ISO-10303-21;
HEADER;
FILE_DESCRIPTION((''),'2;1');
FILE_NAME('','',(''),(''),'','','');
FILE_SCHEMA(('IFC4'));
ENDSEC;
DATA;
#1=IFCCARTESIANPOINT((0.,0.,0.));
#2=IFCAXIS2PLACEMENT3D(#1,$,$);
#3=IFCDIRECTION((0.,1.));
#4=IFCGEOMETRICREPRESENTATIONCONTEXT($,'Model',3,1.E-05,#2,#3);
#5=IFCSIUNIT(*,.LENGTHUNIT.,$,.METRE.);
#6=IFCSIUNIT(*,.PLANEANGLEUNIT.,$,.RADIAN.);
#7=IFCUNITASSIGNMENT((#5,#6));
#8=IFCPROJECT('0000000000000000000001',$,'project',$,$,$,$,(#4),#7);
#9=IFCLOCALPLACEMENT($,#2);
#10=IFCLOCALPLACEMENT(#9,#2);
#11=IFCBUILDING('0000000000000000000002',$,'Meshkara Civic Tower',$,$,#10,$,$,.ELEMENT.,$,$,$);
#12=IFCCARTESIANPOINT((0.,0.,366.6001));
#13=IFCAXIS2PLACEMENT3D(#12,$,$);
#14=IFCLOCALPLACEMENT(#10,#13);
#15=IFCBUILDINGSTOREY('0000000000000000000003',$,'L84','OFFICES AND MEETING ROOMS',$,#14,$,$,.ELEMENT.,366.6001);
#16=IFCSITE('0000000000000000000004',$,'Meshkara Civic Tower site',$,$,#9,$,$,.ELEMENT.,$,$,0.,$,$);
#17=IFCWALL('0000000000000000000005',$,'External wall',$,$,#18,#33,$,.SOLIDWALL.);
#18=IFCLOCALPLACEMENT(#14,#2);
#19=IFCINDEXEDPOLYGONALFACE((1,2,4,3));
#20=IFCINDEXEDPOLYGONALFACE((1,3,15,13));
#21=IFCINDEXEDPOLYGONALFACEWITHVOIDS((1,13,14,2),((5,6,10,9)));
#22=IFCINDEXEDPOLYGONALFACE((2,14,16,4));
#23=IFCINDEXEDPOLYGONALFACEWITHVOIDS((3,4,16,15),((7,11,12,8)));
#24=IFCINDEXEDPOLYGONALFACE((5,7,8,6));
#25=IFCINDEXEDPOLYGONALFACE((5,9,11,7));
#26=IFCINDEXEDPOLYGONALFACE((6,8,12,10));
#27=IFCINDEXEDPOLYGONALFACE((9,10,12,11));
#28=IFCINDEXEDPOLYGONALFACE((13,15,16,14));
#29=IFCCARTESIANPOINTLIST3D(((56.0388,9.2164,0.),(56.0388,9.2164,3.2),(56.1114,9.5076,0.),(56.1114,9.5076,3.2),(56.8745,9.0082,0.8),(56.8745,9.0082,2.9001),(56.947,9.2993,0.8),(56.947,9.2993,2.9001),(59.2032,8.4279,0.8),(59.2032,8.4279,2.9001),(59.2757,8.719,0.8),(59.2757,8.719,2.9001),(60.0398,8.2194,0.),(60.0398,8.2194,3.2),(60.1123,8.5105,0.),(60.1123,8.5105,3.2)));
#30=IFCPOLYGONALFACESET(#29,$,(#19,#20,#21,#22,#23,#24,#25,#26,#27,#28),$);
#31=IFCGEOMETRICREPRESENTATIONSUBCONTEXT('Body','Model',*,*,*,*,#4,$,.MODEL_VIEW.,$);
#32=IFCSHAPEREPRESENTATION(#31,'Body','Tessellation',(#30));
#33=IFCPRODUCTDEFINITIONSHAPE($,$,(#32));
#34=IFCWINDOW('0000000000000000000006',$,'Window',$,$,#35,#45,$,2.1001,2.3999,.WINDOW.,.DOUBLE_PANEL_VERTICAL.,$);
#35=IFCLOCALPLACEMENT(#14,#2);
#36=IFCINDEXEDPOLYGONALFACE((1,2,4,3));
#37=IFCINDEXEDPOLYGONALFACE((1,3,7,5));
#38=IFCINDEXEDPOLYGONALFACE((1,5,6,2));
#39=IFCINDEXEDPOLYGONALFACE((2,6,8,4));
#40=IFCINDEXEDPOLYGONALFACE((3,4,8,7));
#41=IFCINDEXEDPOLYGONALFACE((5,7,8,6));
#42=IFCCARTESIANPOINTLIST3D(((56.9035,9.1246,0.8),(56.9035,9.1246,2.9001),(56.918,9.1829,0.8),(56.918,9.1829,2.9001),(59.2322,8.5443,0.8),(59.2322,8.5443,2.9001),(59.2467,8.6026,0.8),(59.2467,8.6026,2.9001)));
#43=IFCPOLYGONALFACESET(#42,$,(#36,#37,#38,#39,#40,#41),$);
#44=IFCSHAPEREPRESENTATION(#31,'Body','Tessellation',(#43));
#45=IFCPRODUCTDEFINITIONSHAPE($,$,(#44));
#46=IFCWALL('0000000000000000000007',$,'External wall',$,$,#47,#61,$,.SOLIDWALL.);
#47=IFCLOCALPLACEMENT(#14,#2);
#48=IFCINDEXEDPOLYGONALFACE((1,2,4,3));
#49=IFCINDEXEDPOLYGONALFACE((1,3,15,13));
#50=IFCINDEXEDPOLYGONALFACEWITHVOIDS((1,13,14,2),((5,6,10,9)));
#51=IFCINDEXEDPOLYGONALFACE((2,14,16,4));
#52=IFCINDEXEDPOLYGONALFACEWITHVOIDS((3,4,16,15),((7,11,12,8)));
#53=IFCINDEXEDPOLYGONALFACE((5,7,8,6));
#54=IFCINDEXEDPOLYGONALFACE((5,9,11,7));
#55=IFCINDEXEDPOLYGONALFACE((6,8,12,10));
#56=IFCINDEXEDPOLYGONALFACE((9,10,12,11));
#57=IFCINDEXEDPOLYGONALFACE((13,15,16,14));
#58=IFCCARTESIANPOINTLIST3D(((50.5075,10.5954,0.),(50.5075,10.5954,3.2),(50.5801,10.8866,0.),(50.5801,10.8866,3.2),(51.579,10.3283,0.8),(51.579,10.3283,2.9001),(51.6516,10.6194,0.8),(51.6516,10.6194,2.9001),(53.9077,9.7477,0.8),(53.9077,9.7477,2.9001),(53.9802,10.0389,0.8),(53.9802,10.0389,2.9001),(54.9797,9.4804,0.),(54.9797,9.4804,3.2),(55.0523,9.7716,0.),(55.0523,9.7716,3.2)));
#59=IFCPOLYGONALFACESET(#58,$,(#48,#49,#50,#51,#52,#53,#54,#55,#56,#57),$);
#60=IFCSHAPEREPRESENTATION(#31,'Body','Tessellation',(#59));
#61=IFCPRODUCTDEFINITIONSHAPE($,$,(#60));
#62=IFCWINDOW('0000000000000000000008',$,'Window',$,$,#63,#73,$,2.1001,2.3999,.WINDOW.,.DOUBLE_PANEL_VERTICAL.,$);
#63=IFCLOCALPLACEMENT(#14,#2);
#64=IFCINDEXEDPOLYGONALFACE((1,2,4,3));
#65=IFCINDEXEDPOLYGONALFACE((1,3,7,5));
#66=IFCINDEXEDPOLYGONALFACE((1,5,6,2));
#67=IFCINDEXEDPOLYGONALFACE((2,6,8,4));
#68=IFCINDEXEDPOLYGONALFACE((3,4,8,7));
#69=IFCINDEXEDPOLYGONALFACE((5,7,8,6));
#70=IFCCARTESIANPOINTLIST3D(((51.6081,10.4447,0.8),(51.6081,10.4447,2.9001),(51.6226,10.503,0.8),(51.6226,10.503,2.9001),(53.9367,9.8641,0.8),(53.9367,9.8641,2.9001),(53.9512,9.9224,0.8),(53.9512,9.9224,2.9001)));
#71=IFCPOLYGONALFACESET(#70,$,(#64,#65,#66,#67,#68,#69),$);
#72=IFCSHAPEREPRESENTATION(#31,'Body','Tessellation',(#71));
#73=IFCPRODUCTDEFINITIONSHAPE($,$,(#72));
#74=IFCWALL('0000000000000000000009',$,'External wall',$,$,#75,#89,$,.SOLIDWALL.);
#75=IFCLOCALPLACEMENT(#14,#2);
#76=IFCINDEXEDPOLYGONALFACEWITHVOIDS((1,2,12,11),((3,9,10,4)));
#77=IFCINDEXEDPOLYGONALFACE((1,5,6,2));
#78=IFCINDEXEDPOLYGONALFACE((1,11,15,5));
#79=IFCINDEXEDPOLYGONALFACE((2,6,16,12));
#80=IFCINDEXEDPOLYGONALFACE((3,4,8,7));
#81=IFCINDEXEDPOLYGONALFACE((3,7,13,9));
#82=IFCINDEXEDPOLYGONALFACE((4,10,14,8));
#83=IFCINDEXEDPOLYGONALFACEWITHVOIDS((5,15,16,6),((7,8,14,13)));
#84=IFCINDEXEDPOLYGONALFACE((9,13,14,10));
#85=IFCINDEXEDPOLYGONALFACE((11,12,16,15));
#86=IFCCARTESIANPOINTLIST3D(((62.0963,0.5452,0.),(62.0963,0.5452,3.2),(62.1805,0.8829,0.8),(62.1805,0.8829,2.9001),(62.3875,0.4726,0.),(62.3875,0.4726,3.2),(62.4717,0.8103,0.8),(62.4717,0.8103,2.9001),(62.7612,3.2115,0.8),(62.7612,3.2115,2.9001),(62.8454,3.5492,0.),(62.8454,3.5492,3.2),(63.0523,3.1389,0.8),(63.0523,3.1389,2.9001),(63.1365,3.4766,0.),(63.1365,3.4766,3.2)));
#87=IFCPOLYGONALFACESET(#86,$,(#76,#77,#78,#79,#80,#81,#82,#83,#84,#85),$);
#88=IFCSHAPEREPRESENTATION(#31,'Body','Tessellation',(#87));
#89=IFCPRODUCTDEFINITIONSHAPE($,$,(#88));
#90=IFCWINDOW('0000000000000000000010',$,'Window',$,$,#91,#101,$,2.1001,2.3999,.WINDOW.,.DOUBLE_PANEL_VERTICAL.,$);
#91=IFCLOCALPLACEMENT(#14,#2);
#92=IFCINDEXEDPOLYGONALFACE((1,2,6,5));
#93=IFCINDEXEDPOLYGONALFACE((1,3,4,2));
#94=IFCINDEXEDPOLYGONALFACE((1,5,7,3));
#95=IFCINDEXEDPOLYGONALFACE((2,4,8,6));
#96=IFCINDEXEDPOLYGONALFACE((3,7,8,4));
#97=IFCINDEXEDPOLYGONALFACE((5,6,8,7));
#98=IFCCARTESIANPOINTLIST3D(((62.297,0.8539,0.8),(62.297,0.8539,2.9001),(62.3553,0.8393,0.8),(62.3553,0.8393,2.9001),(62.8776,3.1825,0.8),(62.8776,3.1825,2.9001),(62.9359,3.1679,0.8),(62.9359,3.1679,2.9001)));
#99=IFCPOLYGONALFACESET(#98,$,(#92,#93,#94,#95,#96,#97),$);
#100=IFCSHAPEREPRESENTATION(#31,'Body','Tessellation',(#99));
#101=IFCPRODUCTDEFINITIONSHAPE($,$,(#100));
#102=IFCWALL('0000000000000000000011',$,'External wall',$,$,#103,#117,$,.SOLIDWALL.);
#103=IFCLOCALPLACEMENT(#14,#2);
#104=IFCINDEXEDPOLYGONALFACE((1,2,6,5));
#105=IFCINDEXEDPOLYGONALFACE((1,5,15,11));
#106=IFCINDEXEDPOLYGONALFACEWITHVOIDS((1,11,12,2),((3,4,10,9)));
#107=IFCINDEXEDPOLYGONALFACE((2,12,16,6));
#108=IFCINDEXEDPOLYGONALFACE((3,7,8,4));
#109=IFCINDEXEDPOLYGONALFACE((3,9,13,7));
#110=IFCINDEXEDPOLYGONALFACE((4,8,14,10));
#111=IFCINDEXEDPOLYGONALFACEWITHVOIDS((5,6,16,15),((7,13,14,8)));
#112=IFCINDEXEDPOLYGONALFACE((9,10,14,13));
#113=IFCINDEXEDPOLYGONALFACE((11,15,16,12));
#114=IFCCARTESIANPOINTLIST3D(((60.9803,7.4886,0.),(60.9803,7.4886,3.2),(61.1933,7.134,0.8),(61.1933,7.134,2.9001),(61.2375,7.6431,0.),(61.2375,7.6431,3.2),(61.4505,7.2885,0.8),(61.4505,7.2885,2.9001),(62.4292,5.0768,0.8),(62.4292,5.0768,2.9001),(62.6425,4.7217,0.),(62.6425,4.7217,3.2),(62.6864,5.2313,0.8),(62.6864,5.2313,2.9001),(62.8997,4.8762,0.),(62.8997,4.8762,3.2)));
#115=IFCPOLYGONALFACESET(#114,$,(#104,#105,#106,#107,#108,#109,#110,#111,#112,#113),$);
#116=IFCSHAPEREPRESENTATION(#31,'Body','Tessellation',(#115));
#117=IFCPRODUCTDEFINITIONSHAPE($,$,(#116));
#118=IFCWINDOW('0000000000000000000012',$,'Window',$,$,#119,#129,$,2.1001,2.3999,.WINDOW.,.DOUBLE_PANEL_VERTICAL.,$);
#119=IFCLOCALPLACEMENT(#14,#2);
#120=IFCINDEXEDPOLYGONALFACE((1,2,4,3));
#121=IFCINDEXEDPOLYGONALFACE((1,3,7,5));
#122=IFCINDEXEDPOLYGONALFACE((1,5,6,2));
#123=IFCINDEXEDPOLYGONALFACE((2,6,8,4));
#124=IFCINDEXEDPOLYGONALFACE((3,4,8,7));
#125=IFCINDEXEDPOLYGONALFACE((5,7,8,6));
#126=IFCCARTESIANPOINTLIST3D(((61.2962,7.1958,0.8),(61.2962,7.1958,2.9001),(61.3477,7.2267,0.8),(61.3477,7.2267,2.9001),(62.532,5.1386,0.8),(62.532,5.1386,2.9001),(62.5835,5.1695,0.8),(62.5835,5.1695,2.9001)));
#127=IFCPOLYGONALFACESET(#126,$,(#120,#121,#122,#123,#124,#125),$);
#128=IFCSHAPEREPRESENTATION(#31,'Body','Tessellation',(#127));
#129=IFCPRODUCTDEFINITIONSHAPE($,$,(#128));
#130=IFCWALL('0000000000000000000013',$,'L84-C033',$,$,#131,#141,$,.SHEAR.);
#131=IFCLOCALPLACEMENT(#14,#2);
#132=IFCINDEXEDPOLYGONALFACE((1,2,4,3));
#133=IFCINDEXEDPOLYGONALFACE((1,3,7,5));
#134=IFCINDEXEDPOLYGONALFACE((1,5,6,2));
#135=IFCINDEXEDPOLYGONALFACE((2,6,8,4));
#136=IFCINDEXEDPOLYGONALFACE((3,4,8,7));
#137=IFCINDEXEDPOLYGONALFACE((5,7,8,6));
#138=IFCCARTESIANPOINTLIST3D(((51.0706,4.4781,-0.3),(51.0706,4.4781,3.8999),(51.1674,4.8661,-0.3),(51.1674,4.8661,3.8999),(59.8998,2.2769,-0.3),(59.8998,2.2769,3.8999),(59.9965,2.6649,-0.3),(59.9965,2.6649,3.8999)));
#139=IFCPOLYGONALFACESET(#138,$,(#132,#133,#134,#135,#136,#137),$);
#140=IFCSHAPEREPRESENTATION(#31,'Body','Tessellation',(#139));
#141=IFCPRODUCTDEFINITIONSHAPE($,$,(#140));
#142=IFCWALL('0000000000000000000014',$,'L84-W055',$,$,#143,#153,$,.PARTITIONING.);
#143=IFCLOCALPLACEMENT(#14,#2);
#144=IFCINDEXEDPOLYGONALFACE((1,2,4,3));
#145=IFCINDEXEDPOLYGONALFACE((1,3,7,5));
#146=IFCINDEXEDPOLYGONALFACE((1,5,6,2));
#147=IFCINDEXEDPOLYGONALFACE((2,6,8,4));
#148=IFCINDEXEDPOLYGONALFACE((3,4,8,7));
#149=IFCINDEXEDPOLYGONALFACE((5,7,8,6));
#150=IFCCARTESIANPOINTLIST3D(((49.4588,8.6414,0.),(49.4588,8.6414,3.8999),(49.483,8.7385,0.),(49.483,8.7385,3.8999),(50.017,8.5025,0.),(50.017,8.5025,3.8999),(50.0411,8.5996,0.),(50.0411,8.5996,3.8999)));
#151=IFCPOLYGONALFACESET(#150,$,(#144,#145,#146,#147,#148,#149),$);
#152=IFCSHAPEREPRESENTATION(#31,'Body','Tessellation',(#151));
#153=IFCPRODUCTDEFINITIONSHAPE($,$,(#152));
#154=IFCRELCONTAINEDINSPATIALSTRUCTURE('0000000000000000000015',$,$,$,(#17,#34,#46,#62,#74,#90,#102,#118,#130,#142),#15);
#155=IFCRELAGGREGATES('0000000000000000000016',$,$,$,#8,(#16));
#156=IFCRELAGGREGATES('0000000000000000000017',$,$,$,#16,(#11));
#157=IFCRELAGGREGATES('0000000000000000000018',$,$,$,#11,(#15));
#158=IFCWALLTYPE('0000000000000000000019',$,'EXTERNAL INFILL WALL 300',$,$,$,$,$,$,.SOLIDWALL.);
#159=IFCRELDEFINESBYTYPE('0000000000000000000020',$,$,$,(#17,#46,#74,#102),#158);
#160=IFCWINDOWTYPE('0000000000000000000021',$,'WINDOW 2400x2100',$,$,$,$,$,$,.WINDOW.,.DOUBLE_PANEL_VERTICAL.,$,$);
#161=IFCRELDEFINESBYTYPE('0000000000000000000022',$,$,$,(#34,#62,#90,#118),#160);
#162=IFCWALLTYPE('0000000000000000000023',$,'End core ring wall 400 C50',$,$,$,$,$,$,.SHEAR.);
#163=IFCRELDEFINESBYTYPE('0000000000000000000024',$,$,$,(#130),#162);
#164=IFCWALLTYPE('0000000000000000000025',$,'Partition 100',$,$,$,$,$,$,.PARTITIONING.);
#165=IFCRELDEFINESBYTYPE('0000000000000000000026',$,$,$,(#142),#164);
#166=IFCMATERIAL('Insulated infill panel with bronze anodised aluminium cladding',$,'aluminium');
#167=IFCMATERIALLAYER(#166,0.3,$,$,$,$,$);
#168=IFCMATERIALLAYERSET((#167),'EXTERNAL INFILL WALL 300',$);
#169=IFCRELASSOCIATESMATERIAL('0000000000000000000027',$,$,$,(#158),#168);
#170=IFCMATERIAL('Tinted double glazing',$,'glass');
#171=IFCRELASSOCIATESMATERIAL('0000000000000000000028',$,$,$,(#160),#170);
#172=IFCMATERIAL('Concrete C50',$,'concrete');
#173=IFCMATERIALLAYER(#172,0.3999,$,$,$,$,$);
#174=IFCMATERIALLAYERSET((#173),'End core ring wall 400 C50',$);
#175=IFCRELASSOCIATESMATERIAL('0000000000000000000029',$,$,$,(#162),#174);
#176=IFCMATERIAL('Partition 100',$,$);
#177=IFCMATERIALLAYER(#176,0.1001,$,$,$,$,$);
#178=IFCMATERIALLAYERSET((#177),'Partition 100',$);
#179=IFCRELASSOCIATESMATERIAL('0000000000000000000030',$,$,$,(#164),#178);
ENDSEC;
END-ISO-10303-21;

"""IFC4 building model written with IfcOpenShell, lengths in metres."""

from ifc_helpers import new_model, si_unit, direction, frame, frame_2d, origin, place, context, subcontext, project, spatial, rectangle, extrude, material, layer, layer_set, type_object, element, fill, save


model = new_model("IFC4")

# Units and contexts
model_context = context("Model", 3, precision=1e-05, world=origin(), true_north=direction((0.0, 1.0)))
body_context = subcontext(model_context, "Body", "Model", "MODEL_VIEW")
ifc_project = project(units=[si_unit("LENGTHUNIT", "METRE"), si_unit("PLANEANGLEUNIT", "RADIAN")], contexts=[model_context])

# Site, building, storey
site_placement = place(None, origin())
site = spatial("IfcSite", under=ifc_project, at=site_placement, Name="Meshkara Civic Tower site", CompositionType="ELEMENT", RefElevation=0.0)
building_placement = place(site_placement, origin())
building = spatial("IfcBuilding", under=site, at=building_placement, Name="Meshkara Civic Tower", CompositionType="ELEMENT")
storey_placement = place(building_placement, frame((0.0, 0.0, 366.6001)))
storey = spatial("IfcBuildingStorey", under=building, at=storey_placement, Name="L84", Description="OFFICES AND MEETING ROOMS", CompositionType="ELEMENT", Elevation=366.6001)

# Walls, openings, windows
ifc_material_1 = material(Name="Insulated infill panel with bronze anodised aluminium cladding", Category="aluminium")
ifc_layer_1 = layer(ifc_material_1, 0.3)
ifc_layer_set_1 = layer_set([ifc_layer_1], Name="EXTERNAL INFILL WALL 300")
wall_type_1 = type_object("IfcWallType", Name="EXTERNAL INFILL WALL 300", PredefinedType="SOLIDWALL", material=ifc_layer_set_1)
wall_1_placement = place(storey_placement, frame((60.0759, 8.365, 0.0), z_axis=(0.0, 0.0, 1.0), x_axis=(-0.970323, 0.241811, 0.0)))
wall_1 = element("IfcWall", 1, at=wall_1_placement, inside=storey, type_object=wall_type_1, Name="External wall", PredefinedType="SOLIDWALL", context=body_context, shape_type="SweptSolid", body=[
    extrude(rectangle(XDim=4.1233, YDim=0.3, at=frame_2d((2.0615, 0.0))), origin(), (0.0, 0.0, 1.0), 3.2),
])
opening_1_placement = place(wall_1_placement, frame((0.8621, 0.0, 0.8)))
opening_1 = element("IfcOpeningElement", 2, at=opening_1_placement, cuts=wall_1, PredefinedType="OPENING", context=body_context, shape_type="SweptSolid", body=[
    extrude(rectangle(XDim=2.3999, YDim=2.1001, at=frame_2d((1.2, 1.05))), frame((0.0, 0.1599, 0.0), z_axis=(0.0, -1.0, 0.0), x_axis=(1.0, 0.0, 0.0)), (0.0, 0.0, 1.0), 0.3201),
])
ifc_material_2 = material(Name="Tinted double glazing", Category="glass")
window_type = type_object("IfcWindowType", Name="WINDOW 2400x2100", PartitioningType="DOUBLE_PANEL_VERTICAL", PredefinedType="WINDOW", material=ifc_material_2)
window_1_placement = place(opening_1_placement, origin())
window_1 = element("IfcWindow", 3, at=window_1_placement, inside=storey, type_object=window_type, Name="Window", OverallHeight=2.1001, OverallWidth=2.3999, PartitioningType="DOUBLE_PANEL_VERTICAL", PredefinedType="WINDOW", context=body_context, shape_type="SweptSolid", body=[
    extrude(rectangle(XDim=2.3999, YDim=2.1001, at=frame_2d((1.2, 1.05))), frame((0.0, 0.03, 0.0), z_axis=(0.0, -1.0, 0.0), x_axis=(1.0, 0.0, 0.0)), (0.0, 0.0, 1.0), 0.0601),
])
fill(opening_1, window_1)
wall_2_placement = place(storey_placement, frame((55.0161, 9.626, 0.0), z_axis=(0.0, 0.0, 1.0), x_axis=(-0.970298, 0.241912, 0.0)))
wall_2 = element("IfcWall", 4, at=wall_2_placement, inside=storey, type_object=wall_type_1, Name="External wall", PredefinedType="SOLIDWALL", context=body_context, shape_type="SweptSolid", body=[
    extrude(rectangle(XDim=4.6091, YDim=0.3, at=frame_2d((2.3047, 0.0))), origin(), (0.0, 0.0, 1.0), 3.2),
])
opening_2_placement = place(wall_2_placement, frame((1.105, 0.0, 0.8)))
opening_2 = element("IfcOpeningElement", 5, at=opening_2_placement, cuts=wall_2, PredefinedType="OPENING", context=body_context, shape_type="SweptSolid", body=[
    extrude(rectangle(XDim=2.3999, YDim=2.1001, at=frame_2d((1.2, 1.05))), frame((0.0, 0.1599, 0.0), z_axis=(0.0, -1.0, 0.0), x_axis=(1.0, 0.0, 0.0)), (0.0, 0.0, 1.0), 0.3201),
])
window_2_placement = place(opening_2_placement, origin())
window_2 = element("IfcWindow", 6, at=window_2_placement, inside=storey, type_object=window_type, Name="Window", OverallHeight=2.1001, OverallWidth=2.3999, PartitioningType="DOUBLE_PANEL_VERTICAL", PredefinedType="WINDOW", context=body_context, shape_type="SweptSolid", body=[
    extrude(rectangle(XDim=2.3999, YDim=2.1001, at=frame_2d((1.2, 1.05))), frame((0.0, 0.03, 0.0), z_axis=(0.0, -1.0, 0.0), x_axis=(1.0, 0.0, 0.0)), (0.0, 0.0, 1.0), 0.0601),
])
fill(opening_2, window_2)
wall_3_placement = place(storey_placement, frame((62.2419, 0.509, 0.0), z_axis=(0.0, 0.0, 1.0), x_axis=(0.241942, 0.970291, 0.0)))
wall_3 = element("IfcWall", 7, at=wall_3_placement, inside=storey, type_object=wall_type_1, Name="External wall", PredefinedType="SOLIDWALL", context=body_context, shape_type="SweptSolid", body=[
    extrude(rectangle(XDim=3.0959, YDim=0.3, at=frame_2d((1.5479, 0.0))), origin(), (0.0, 0.0, 1.0), 3.2),
])
opening_3_placement = place(wall_3_placement, frame((0.3479, 0.0, 0.8)))
opening_3 = element("IfcOpeningElement", 8, at=opening_3_placement, cuts=wall_3, PredefinedType="OPENING", context=body_context, shape_type="SweptSolid", body=[
    extrude(rectangle(XDim=2.3999, YDim=2.1001, at=frame_2d((1.2, 1.05))), frame((0.0, 0.1599, 0.0), z_axis=(0.0, -1.0, 0.0), x_axis=(1.0, 0.0, 0.0)), (0.0, 0.0, 1.0), 0.3201),
])
window_3_placement = place(opening_3_placement, origin())
window_3 = element("IfcWindow", 9, at=window_3_placement, inside=storey, type_object=window_type, Name="Window", OverallHeight=2.1001, OverallWidth=2.3999, PartitioningType="DOUBLE_PANEL_VERTICAL", PredefinedType="WINDOW", context=body_context, shape_type="SweptSolid", body=[
    extrude(rectangle(XDim=2.3999, YDim=2.1001, at=frame_2d((1.2, 1.05))), frame((0.0, 0.03, 0.0), z_axis=(0.0, -1.0, 0.0), x_axis=(1.0, 0.0, 0.0)), (0.0, 0.0, 1.0), 0.0601),
])
fill(opening_3, window_3)
wall_4_placement = place(storey_placement, frame((62.771, 4.7991, 0.0), z_axis=(0.0, 0.0, 1.0), x_axis=(-0.514952, 0.857219, 0.0)))
wall_4 = element("IfcWall", 10, at=wall_4_placement, inside=storey, type_object=wall_type_1, Name="External wall", PredefinedType="SOLIDWALL", context=body_context, shape_type="SweptSolid", body=[
    extrude(rectangle(XDim=3.2278, YDim=0.3, at=frame_2d((1.6138, 0.0))), origin(), (0.0, 0.0, 1.0), 3.2),
])
opening_4_placement = place(wall_4_placement, frame((0.4141, 0.0, 0.8)))
opening_4 = element("IfcOpeningElement", 11, at=opening_4_placement, cuts=wall_4, PredefinedType="OPENING", context=body_context, shape_type="SweptSolid", body=[
    extrude(rectangle(XDim=2.3999, YDim=2.1001, at=frame_2d((1.2, 1.05))), frame((0.0, 0.1599, 0.0), z_axis=(0.0, -1.0, 0.0), x_axis=(1.0, 0.0, 0.0)), (0.0, 0.0, 1.0), 0.3201),
])
window_4_placement = place(opening_4_placement, origin())
window_4 = element("IfcWindow", 12, at=window_4_placement, inside=storey, type_object=window_type, Name="Window", OverallHeight=2.1001, OverallWidth=2.3999, PartitioningType="DOUBLE_PANEL_VERTICAL", PredefinedType="WINDOW", context=body_context, shape_type="SweptSolid", body=[
    extrude(rectangle(XDim=2.3999, YDim=2.1001, at=frame_2d((1.2, 1.05))), frame((0.0, 0.03, 0.0), z_axis=(0.0, -1.0, 0.0), x_axis=(1.0, 0.0, 0.0)), (0.0, 0.0, 1.0), 0.0601),
])
fill(opening_4, window_4)

# Walls
ifc_material_3 = material(Name="Concrete C50", Category="concrete")
ifc_layer_2 = layer(ifc_material_3, 0.3999)
ifc_layer_set_2 = layer_set([ifc_layer_2], Name="End core ring wall 400 C50")
wall_type_2 = type_object("IfcWallType", Name="End core ring wall 400 C50", PredefinedType="SHEAR", material=ifc_layer_set_2)
wall_5_placement = place(storey_placement, frame((51.1189, 4.6721, -0.3), z_axis=(0.0, 0.0, 1.0), x_axis=(0.9703, -0.241904, 0.0)))
element("IfcWall", 13, at=wall_5_placement, inside=storey, type_object=wall_type_2, Name="L84-C033", PredefinedType="SHEAR", context=body_context, shape_type="SweptSolid", body=[
    extrude(rectangle(XDim=9.0994, YDim=0.3999, at=frame_2d((4.5498, 0.0))), origin(), (0.0, 0.0, 1.0), 4.2),
])
ifc_material_4 = material(Name="Partition 100")
ifc_layer_3 = layer(ifc_material_4, 0.1001)
ifc_layer_set_3 = layer_set([ifc_layer_3], Name="Partition 100")
wall_type_3 = type_object("IfcWallType", Name="Partition 100", PredefinedType="PARTITIONING", material=ifc_layer_set_3)
wall_6_placement = place(storey_placement, frame((50.0291, 8.551, 0.0), z_axis=(0.0, 0.0, 1.0), x_axis=(-0.970392, 0.241537, 0.0)))
element("IfcWall", 14, at=wall_6_placement, inside=storey, type_object=wall_type_3, Name="L84-W055", PredefinedType="PARTITIONING", context=body_context, shape_type="SweptSolid", body=[
    extrude(rectangle(XDim=0.5752, YDim=0.1001, at=frame_2d((0.2876, 0.0))), origin(), (0.0, 0.0, 1.0), 3.8999),
])

save(model, "model.ifc")
